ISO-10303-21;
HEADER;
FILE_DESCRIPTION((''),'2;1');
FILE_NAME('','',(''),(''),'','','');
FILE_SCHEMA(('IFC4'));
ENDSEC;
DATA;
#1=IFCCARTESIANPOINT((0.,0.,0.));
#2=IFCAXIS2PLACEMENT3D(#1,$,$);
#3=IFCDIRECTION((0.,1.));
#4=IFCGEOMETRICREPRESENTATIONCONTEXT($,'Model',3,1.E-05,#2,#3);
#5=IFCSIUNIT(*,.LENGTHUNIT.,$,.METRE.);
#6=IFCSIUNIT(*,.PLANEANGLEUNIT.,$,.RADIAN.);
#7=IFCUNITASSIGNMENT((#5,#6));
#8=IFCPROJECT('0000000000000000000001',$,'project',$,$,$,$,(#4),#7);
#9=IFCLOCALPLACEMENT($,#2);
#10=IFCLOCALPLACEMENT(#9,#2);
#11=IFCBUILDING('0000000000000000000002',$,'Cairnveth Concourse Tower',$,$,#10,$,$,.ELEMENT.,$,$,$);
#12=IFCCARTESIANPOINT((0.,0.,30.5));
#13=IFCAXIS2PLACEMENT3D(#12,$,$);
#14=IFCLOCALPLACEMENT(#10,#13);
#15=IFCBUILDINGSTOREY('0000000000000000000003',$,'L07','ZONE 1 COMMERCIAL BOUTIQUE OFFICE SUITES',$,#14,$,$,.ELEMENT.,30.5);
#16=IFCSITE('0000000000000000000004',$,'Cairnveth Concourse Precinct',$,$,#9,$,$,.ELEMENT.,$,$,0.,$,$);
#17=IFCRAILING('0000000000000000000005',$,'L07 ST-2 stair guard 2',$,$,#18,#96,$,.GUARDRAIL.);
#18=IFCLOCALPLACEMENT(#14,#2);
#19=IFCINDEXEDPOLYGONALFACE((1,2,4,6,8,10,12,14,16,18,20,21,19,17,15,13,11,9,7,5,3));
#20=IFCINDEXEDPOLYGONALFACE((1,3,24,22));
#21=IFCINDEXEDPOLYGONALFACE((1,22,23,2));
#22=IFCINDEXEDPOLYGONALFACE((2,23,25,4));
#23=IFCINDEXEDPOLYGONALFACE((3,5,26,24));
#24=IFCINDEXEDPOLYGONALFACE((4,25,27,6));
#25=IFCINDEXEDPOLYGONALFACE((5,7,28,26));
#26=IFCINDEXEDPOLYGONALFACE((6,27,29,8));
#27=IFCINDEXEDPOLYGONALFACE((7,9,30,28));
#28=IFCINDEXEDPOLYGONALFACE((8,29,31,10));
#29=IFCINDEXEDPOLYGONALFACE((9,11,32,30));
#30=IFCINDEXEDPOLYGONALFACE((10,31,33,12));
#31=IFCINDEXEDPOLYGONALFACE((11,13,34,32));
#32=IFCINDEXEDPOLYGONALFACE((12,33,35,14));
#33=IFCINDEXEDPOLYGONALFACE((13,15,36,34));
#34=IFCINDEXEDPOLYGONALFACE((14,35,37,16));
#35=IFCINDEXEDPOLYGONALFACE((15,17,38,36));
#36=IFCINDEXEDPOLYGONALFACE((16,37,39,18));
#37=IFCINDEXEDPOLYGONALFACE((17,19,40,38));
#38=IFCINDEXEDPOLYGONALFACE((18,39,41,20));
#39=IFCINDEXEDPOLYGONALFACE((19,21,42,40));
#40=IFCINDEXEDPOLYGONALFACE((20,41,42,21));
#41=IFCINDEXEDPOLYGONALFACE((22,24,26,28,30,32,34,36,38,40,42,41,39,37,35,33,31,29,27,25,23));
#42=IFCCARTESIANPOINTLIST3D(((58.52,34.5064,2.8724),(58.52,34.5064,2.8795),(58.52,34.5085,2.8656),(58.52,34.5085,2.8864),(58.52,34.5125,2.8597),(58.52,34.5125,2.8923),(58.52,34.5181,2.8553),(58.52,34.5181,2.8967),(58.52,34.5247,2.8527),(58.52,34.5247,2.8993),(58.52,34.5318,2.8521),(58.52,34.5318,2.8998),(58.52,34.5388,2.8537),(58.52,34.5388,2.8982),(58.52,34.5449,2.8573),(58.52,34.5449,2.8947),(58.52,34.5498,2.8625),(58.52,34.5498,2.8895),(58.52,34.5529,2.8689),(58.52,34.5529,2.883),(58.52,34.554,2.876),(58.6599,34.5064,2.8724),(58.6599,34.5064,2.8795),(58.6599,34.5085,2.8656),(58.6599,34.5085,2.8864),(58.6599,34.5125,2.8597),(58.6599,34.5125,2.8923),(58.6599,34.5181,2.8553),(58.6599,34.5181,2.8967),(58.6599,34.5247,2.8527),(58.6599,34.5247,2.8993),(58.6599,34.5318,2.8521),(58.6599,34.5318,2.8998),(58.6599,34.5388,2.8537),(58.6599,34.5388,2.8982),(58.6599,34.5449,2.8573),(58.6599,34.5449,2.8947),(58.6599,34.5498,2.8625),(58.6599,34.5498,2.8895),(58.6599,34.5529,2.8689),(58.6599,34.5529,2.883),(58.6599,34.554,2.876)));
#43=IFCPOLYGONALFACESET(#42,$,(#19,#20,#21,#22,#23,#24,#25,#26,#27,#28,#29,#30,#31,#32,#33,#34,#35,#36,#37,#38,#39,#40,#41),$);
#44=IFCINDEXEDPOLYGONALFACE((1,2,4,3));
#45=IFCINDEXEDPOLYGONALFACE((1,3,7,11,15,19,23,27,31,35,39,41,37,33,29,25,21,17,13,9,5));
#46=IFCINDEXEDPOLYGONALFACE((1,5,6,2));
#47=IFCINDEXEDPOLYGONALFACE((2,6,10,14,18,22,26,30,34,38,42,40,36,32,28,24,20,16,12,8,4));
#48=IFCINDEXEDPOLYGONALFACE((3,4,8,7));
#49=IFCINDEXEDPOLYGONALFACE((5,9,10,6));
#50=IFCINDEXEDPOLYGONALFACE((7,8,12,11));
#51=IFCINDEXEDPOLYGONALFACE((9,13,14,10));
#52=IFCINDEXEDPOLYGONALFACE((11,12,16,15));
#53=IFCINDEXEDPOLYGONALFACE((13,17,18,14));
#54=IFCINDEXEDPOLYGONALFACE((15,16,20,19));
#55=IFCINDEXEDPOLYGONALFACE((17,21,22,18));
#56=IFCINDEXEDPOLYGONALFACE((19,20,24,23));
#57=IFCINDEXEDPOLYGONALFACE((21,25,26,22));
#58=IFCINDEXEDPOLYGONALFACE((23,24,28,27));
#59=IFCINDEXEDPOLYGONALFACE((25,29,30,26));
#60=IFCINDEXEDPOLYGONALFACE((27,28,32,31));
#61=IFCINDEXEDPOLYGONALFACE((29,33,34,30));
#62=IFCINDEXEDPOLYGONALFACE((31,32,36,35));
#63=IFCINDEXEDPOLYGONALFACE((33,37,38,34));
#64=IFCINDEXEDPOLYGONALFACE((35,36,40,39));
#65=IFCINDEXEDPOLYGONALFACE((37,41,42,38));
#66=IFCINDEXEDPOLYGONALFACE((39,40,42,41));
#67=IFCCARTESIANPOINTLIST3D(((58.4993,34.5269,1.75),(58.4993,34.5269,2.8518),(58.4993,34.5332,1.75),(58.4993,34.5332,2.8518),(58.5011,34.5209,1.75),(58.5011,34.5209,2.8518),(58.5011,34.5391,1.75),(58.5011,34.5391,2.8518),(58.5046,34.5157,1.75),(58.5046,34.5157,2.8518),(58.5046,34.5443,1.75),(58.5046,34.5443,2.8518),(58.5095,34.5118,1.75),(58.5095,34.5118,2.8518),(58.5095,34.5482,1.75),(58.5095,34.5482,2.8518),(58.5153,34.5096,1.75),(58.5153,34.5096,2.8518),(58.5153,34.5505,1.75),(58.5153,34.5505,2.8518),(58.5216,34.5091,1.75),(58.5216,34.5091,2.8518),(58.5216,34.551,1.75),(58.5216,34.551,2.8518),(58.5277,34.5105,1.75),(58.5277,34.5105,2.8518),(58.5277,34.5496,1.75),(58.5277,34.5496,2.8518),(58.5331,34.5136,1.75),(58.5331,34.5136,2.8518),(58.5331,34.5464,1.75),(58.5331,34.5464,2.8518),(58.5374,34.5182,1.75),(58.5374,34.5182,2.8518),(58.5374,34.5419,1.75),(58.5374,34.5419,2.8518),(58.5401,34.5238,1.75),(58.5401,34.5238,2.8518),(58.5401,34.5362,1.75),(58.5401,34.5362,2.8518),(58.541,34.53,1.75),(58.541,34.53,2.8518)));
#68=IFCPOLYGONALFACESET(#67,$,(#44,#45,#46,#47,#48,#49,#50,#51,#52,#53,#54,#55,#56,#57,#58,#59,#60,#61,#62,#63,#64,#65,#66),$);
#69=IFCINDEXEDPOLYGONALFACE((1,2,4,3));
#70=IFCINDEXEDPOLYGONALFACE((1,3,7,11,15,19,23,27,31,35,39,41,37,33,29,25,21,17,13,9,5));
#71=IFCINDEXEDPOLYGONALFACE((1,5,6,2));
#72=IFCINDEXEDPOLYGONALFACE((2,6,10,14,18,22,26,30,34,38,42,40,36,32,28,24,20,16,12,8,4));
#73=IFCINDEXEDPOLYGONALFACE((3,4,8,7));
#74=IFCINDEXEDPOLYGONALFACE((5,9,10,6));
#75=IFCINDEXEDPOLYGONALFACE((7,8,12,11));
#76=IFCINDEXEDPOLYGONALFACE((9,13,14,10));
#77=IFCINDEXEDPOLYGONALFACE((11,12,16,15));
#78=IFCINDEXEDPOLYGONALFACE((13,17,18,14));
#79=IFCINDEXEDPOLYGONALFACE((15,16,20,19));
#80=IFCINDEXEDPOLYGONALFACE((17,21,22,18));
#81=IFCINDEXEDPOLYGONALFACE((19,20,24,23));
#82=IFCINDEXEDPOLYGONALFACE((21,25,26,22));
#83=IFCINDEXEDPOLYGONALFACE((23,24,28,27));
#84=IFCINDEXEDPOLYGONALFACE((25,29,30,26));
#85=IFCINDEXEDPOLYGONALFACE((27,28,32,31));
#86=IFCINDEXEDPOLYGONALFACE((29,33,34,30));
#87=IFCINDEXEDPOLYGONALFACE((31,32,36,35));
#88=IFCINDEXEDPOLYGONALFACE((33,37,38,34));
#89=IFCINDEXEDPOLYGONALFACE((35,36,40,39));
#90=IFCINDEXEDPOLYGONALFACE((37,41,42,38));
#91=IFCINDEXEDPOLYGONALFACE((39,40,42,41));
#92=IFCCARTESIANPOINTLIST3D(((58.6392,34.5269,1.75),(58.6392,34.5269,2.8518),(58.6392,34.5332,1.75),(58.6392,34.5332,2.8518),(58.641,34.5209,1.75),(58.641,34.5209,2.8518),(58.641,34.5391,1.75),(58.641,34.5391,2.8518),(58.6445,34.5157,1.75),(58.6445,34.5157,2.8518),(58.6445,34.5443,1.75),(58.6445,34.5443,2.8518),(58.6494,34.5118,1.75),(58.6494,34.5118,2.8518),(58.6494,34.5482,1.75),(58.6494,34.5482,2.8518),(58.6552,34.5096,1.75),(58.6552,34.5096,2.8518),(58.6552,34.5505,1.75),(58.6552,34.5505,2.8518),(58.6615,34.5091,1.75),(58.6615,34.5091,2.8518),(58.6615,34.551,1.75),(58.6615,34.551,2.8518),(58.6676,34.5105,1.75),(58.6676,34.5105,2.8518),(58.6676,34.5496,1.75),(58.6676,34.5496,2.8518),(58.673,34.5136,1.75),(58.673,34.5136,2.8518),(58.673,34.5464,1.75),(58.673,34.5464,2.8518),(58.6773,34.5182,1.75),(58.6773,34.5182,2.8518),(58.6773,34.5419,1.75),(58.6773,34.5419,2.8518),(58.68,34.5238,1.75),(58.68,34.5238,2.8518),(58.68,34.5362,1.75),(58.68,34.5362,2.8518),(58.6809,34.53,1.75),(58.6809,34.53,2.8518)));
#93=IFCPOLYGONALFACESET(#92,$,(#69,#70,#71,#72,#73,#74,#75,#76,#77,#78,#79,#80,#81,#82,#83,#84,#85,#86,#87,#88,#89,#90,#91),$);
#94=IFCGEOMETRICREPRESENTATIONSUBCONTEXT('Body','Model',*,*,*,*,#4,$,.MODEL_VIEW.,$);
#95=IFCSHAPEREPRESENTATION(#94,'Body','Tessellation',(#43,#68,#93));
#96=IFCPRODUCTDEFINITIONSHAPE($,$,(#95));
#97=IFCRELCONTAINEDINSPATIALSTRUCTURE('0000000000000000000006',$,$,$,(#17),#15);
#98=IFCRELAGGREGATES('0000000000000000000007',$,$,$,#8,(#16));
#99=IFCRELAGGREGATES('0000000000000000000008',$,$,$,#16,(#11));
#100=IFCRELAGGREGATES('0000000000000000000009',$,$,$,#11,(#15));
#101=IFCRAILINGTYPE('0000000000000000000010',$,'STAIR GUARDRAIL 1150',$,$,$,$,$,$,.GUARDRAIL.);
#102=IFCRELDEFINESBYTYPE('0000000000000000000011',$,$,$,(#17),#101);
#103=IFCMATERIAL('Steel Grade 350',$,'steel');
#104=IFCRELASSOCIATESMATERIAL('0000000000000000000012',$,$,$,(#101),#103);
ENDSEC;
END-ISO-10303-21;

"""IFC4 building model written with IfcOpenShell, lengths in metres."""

from ifc_helpers import new_model, si_unit, direction, frame, origin, origin_2d, place, context, subcontext, project, spatial, circle, extrude, material, type_object, element, save


model = new_model("IFC4")

# Units and contexts
model_context = context("Model", 3, precision=1e-05, world=origin(), true_north=direction((0.0, 1.0)))
body_context = subcontext(model_context, "Body", "Model", "MODEL_VIEW")
ifc_project = project(units=[si_unit("LENGTHUNIT", "METRE"), si_unit("PLANEANGLEUNIT", "RADIAN")], contexts=[model_context])

# Site, building, storey
site_placement = place(None, origin())
site = spatial("IfcSite", under=ifc_project, at=site_placement, Name="Cairnveth Concourse Precinct", CompositionType="ELEMENT", RefElevation=0.0)
building_placement = place(site_placement, origin())
building = spatial("IfcBuilding", under=site, at=building_placement, Name="Cairnveth Concourse Tower", CompositionType="ELEMENT")
storey_placement = place(building_placement, frame((0.0, 0.0, 30.5)))
storey = spatial("IfcBuildingStorey", under=building, at=storey_placement, Name="L07", Description="ZONE 1 COMMERCIAL BOUTIQUE OFFICE SUITES", CompositionType="ELEMENT", Elevation=30.5)

# Shared definitions
ifc_material_1 = material(Name="Steel Grade 350", Category="steel")

# Railing
railing_type_1 = type_object("IfcRailingType", Name="STAIR GUARDRAIL 1150", PredefinedType="GUARDRAIL", material=ifc_material_1)
railing_1_placement = place(storey_placement, frame((58.52, 34.53, 1.75)))
element("IfcRailing", 1, at=railing_1_placement, inside=storey, type_object=railing_type_1, Name="L07 ST-2 stair guard 2", PredefinedType="GUARDRAIL", context=body_context, shape_type="SweptSolid", body=[
    extrude(circle(Radius=0.0239, at=origin_2d()), frame((0.0, 0.0, 1.126), z_axis=(1.0, 0.0, 0.0), x_axis=(0.0, 1.0, 0.0)), (0.0, 0.0, 1.0), 0.1399),
    extrude(circle(Radius=0.021, at=origin_2d()), origin(), (0.0, 0.0, 1.0), 1.1018),
    extrude(circle(Radius=0.021, at=origin_2d()), frame((0.1399, 0.0, 0.0)), (0.0, 0.0, 1.0), 1.1018),
])

save(model, "model.ifc")
